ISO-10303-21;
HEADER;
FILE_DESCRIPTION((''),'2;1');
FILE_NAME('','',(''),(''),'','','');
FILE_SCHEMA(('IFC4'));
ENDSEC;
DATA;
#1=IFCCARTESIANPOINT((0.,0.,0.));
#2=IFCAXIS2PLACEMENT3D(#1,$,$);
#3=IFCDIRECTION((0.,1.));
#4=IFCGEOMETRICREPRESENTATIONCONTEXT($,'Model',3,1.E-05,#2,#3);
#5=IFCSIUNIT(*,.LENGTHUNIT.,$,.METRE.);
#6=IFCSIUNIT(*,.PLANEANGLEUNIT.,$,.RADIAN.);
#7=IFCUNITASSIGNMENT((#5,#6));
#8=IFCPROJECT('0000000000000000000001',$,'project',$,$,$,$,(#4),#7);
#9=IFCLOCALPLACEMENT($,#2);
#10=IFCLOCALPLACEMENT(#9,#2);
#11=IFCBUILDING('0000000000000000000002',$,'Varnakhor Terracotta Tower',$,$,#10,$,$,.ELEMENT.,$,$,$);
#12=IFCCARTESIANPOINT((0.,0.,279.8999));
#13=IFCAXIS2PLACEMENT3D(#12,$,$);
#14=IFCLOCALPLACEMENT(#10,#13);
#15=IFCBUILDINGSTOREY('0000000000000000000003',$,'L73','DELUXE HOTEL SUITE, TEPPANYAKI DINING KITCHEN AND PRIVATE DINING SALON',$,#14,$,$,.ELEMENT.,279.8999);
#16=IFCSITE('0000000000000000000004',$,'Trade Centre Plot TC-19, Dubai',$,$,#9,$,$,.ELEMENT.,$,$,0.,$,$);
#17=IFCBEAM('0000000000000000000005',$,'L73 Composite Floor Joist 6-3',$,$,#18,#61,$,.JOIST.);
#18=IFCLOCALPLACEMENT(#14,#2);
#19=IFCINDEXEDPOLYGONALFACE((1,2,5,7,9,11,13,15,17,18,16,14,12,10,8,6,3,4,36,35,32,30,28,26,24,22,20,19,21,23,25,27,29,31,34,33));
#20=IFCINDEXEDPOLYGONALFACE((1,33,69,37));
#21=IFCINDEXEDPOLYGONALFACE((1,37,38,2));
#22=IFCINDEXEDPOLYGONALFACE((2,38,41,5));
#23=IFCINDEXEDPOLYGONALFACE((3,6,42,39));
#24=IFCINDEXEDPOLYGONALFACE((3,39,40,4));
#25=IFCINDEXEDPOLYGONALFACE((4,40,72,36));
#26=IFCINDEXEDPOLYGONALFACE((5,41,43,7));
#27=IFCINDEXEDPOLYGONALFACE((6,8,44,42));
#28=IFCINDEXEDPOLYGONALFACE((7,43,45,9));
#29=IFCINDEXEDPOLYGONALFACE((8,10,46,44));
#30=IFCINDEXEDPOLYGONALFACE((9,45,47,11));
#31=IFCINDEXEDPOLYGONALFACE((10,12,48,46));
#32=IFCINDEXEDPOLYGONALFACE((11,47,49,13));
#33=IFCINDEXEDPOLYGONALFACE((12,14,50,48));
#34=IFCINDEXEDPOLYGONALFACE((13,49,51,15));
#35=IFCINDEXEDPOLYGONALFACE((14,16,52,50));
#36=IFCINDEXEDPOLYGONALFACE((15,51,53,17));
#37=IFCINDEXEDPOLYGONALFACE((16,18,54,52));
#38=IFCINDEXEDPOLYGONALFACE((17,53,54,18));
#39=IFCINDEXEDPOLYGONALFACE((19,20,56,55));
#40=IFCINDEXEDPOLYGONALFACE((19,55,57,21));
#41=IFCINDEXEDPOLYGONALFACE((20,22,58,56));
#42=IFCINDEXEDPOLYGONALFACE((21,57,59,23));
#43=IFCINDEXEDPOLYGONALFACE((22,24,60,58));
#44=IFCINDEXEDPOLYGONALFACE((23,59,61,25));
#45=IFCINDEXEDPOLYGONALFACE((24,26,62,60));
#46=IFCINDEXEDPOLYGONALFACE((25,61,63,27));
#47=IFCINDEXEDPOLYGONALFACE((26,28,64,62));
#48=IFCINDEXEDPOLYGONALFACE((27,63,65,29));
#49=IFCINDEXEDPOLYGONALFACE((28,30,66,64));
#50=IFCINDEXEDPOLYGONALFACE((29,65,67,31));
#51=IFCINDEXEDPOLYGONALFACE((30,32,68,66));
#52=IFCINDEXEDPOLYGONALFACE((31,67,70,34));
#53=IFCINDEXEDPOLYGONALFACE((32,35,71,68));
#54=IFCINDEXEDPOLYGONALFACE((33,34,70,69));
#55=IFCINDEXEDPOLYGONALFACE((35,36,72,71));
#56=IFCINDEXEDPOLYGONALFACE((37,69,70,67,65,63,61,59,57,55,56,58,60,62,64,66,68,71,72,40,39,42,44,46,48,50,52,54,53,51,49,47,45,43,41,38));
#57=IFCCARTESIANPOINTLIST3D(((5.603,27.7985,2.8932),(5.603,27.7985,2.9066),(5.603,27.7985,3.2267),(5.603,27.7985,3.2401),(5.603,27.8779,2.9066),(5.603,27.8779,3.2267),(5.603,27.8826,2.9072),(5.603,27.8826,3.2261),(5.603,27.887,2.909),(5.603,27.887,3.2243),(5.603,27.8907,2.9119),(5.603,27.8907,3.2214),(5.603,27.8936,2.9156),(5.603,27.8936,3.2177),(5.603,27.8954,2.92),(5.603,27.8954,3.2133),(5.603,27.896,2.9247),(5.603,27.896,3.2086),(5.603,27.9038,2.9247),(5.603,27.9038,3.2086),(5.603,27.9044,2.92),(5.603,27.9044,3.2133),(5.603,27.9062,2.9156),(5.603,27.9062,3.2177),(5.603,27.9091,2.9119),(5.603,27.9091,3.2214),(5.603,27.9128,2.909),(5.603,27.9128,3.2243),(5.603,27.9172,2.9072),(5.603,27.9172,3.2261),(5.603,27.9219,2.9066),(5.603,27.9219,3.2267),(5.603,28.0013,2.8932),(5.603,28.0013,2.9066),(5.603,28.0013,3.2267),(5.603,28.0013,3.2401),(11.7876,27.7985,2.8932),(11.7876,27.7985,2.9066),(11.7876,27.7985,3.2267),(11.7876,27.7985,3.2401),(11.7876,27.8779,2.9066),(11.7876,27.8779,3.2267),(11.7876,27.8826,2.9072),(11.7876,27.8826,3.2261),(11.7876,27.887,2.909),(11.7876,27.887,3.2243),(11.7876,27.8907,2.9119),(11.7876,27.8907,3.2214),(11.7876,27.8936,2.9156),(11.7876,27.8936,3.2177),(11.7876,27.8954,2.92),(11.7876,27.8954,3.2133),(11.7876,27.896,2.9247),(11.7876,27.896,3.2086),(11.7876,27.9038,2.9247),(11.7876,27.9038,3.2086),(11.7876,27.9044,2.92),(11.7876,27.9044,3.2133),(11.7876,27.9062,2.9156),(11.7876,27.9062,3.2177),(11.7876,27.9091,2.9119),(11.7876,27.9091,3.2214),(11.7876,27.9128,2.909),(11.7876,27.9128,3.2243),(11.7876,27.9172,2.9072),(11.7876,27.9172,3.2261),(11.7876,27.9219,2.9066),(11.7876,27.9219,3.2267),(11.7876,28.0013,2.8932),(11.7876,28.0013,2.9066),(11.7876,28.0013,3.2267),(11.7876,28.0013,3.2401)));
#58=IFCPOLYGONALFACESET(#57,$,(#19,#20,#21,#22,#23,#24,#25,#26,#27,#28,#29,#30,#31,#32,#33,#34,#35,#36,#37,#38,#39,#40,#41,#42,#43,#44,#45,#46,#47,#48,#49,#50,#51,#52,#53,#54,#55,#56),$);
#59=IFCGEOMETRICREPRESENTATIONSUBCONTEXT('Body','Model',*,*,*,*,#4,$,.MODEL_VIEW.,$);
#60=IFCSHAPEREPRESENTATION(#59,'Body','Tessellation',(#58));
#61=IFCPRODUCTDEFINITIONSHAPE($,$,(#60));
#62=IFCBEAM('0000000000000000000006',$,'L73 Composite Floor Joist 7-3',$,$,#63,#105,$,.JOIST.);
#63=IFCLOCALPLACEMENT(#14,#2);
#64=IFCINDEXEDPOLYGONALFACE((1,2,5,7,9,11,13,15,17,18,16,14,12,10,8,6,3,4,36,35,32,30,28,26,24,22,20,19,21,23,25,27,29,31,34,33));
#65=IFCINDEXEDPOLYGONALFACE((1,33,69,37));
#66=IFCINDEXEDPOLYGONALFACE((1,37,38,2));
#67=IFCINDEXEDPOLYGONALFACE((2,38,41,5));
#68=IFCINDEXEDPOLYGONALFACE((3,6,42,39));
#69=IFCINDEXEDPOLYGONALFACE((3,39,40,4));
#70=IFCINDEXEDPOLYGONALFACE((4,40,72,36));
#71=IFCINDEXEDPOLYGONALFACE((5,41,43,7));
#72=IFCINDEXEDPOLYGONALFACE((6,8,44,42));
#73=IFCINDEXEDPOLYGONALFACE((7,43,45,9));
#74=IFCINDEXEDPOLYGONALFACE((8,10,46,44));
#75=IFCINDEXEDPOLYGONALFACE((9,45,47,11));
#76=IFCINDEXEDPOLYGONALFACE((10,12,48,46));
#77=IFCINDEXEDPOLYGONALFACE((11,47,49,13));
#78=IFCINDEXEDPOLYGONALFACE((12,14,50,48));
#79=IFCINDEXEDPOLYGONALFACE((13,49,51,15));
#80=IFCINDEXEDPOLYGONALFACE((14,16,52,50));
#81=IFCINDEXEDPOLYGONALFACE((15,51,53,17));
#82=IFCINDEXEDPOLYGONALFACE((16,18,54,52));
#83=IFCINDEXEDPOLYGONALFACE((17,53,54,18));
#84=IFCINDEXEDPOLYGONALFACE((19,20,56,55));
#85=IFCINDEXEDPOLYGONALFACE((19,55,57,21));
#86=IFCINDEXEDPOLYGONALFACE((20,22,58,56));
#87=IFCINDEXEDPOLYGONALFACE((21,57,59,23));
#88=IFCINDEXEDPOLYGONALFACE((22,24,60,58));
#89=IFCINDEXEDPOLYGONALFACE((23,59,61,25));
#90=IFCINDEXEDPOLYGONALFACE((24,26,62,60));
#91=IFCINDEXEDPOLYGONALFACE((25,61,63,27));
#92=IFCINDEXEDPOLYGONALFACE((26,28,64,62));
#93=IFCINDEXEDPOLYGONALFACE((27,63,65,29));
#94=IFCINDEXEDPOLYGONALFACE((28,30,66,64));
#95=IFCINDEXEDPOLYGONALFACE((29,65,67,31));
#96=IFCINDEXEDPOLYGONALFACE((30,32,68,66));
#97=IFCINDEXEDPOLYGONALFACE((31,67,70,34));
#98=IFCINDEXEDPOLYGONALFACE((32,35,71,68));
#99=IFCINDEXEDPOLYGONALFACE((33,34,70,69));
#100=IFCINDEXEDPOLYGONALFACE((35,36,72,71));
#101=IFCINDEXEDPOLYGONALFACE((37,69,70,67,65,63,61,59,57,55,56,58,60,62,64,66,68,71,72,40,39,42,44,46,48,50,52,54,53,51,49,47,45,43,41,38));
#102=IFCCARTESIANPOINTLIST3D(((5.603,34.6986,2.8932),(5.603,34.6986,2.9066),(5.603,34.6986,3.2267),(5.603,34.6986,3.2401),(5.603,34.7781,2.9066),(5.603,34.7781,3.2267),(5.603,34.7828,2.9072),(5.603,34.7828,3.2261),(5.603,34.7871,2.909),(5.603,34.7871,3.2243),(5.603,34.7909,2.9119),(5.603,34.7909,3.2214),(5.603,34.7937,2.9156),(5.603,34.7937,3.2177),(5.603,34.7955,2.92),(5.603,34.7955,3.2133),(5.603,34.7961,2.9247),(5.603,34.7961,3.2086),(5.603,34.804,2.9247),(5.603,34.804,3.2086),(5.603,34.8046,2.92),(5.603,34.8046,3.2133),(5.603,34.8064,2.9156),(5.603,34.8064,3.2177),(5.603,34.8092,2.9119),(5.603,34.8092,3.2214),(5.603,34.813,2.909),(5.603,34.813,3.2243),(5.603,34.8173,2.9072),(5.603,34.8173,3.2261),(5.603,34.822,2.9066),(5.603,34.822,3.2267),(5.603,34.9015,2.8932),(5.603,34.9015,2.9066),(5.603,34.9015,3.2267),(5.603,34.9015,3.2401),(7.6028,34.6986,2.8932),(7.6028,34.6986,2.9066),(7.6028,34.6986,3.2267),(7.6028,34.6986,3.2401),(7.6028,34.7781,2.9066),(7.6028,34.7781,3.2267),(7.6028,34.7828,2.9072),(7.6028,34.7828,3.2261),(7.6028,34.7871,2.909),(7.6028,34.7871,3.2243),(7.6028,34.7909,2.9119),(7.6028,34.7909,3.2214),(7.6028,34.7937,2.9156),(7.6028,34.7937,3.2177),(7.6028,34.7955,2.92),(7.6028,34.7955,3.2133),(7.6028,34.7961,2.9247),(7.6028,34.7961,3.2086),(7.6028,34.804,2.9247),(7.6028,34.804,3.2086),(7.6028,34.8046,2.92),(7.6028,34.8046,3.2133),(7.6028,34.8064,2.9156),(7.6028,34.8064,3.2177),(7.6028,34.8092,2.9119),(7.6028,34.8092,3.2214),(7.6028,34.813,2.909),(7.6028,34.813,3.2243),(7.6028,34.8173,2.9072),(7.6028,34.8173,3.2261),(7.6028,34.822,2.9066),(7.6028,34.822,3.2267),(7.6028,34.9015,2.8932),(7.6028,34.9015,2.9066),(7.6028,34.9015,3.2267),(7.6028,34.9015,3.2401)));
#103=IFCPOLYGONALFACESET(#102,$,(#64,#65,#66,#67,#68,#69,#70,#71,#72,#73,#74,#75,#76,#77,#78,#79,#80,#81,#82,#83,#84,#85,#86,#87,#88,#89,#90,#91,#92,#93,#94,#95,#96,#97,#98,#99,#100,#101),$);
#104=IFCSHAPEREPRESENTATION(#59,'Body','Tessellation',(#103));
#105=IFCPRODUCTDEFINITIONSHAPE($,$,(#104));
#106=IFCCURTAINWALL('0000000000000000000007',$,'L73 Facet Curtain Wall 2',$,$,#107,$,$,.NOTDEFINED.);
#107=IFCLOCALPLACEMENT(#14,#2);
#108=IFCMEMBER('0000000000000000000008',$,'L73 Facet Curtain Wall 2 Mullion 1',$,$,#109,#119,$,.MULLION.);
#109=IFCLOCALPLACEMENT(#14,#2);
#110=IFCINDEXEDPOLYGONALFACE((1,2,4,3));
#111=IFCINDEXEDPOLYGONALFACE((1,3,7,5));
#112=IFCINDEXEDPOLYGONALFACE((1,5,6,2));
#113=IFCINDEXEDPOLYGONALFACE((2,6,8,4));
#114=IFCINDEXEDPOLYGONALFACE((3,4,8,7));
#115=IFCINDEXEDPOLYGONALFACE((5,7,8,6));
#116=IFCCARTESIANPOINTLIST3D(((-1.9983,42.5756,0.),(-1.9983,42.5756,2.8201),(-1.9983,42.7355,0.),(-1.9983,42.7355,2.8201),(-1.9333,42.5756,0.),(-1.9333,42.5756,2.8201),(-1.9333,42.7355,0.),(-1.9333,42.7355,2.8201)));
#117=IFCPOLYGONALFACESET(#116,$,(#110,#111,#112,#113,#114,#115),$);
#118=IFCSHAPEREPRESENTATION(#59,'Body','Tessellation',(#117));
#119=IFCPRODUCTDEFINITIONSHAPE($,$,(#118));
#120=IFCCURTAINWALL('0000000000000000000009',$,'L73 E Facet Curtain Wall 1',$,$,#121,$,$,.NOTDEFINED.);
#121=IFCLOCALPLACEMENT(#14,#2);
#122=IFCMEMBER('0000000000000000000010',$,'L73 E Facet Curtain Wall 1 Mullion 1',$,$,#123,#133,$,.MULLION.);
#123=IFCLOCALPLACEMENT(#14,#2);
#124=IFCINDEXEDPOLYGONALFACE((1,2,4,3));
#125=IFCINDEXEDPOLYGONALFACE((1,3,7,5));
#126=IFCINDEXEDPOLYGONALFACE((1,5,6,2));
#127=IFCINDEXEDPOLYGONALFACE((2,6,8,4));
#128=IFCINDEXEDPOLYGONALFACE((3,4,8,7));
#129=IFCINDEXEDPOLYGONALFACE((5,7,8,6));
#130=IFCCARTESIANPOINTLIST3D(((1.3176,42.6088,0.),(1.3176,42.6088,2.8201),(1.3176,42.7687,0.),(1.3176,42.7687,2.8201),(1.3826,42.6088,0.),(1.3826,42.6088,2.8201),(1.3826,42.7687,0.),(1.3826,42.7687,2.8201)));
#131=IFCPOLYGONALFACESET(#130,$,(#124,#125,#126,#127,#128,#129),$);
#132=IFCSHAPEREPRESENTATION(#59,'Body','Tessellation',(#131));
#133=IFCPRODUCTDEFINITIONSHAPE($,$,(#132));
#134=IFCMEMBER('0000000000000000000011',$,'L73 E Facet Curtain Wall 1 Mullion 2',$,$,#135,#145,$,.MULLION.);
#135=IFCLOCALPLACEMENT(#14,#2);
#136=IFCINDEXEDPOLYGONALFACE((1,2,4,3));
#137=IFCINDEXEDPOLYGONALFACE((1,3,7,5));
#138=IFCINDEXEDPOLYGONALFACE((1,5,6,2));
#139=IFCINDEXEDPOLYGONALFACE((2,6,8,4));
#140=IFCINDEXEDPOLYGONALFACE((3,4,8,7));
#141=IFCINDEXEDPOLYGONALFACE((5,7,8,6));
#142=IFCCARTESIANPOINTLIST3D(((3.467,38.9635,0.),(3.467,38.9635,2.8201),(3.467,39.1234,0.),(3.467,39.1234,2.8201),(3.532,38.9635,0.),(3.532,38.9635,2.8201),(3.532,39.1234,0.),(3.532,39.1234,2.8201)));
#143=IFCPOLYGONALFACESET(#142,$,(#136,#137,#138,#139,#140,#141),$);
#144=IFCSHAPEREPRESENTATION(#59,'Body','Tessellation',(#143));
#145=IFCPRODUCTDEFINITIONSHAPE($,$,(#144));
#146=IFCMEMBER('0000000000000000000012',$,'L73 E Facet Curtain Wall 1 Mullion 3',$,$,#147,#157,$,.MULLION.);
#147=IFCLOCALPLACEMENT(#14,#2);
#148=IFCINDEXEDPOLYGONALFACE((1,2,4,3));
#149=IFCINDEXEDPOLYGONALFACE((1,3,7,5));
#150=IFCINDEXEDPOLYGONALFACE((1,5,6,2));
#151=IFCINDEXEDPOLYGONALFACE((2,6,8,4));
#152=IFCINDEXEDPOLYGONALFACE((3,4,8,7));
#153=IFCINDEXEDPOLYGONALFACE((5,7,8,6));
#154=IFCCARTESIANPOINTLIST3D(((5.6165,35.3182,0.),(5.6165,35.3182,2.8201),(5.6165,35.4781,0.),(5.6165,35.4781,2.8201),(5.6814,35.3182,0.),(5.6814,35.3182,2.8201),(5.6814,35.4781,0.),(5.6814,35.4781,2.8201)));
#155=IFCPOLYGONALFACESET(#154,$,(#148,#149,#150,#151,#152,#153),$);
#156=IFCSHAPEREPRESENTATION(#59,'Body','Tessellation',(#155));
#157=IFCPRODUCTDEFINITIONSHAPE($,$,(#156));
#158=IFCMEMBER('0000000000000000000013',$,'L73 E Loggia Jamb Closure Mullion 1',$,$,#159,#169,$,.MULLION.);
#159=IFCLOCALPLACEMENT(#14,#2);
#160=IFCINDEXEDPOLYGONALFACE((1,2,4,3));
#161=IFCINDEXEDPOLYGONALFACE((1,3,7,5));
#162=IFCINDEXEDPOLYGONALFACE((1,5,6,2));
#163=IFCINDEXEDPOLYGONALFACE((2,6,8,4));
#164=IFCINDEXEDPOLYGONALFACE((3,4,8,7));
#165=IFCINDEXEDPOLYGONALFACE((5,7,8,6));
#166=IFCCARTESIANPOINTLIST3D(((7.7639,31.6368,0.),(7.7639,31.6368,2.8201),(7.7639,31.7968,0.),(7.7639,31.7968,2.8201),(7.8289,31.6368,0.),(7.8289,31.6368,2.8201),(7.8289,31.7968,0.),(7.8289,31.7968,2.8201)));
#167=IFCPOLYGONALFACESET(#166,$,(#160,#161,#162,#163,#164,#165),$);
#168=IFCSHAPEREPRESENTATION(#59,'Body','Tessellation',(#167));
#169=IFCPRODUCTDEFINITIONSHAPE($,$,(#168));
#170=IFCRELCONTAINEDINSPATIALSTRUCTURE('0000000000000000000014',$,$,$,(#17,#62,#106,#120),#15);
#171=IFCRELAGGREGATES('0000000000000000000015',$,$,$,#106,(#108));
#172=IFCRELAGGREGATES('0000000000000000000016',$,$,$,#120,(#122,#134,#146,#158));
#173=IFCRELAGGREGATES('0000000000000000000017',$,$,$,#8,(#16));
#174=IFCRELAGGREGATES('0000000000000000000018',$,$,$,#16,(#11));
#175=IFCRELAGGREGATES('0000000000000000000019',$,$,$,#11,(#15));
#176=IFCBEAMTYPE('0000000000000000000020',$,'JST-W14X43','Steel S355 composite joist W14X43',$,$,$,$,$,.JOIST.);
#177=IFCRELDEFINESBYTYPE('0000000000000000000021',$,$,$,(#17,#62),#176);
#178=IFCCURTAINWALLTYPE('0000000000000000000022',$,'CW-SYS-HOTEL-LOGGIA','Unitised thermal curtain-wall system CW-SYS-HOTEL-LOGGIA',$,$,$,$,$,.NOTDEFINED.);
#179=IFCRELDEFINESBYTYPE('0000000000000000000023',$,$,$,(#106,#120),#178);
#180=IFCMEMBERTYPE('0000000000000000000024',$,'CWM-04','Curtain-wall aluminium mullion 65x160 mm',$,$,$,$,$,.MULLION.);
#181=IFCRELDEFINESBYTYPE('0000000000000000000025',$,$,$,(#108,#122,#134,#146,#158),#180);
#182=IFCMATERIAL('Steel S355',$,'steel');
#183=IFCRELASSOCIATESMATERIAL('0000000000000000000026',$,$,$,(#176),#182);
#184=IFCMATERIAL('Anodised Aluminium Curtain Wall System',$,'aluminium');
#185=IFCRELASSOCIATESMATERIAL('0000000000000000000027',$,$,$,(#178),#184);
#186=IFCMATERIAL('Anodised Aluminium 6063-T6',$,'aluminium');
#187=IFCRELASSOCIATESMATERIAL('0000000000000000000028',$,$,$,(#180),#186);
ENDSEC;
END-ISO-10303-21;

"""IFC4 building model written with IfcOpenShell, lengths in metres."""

from ifc_helpers import new_model, si_unit, direction, frame, origin, origin_2d, place, context, subcontext, project, spatial, rectangle, i_section, extrude, source, transform, mapped, material, material_profile, profile_set, type_object, type_shapes, element, aggregate, save


model = new_model("IFC4")

# Units and contexts
model_context = context("Model", 3, precision=1e-05, world=origin(), true_north=direction((0.0, 1.0)))
body_context = subcontext(model_context, "Body", "Model", "MODEL_VIEW")
ifc_project = project(units=[si_unit("LENGTHUNIT", "METRE"), si_unit("PLANEANGLEUNIT", "RADIAN")], contexts=[model_context])

# Site, building, storey
site_placement = place(None, origin())
site = spatial("IfcSite", under=ifc_project, at=site_placement, Name="Trade Centre Plot TC-19, Dubai", CompositionType="ELEMENT", RefElevation=0.0)
building_placement = place(site_placement, origin())
building = spatial("IfcBuilding", under=site, at=building_placement, Name="Varnakhor Terracotta Tower", CompositionType="ELEMENT")
storey_placement = place(building_placement, frame((0.0, 0.0, 279.8999)))
storey = spatial("IfcBuildingStorey", under=building, at=storey_placement, Name="L73", Description="DELUXE HOTEL SUITE, TEPPANYAKI DINING KITCHEN AND PRIVATE DINING SALON", CompositionType="ELEMENT", Elevation=279.8999)

# Shared definitions
ifc_material_1 = material(Name="Steel S355", Category="steel")

# Beams
ifc_material_profile_1 = material_profile(ifc_material_1, i_section(OverallWidth=0.2029, OverallDepth=0.3469, WebThickness=0.0078, FlangeThickness=0.0134, FilletRadius=0.0181, at=origin_2d()), Name="W14X43")
ifc_profile_set_1 = profile_set([ifc_material_profile_1], Name="Steel S355")
beam_type_1 = type_object("IfcBeamType", Name="JST-W14X43", Description="Steel S355 composite joist W14X43", PredefinedType="JOIST", material=ifc_profile_set_1)
shared_shape_1 = source(origin(), body_context, "Body", "SweptSolid", [
    extrude(i_section(OverallWidth=0.2029, OverallDepth=0.3469, WebThickness=0.0078, FlangeThickness=0.0134, FilletRadius=0.0181, at=origin_2d()), origin(), (0.0, 0.0, 1.0), 6.1846),
])
beam_1_placement = place(storey_placement, frame((5.603, 27.8999, 3.0667), z_axis=(1.0, 0.0, 0.0), x_axis=(0.0, 1.0, 0.0)))
element("IfcBeam", 1, at=beam_1_placement, inside=storey, type_object=beam_type_1, Name="L73 Composite Floor Joist 6-3", PredefinedType="JOIST", context=body_context, shape_type="MappedRepresentation", body=[
    mapped(shared_shape_1, transform((0.0, 0.0, 0.0), scale=1.0)),
])
shared_shape_2 = source(origin(), body_context, "Body", "SweptSolid", [
    extrude(i_section(OverallWidth=0.2029, OverallDepth=0.3469, WebThickness=0.0078, FlangeThickness=0.0134, FilletRadius=0.0181, at=origin_2d()), origin(), (0.0, 0.0, 1.0), 1.9998),
])
beam_2_placement = place(storey_placement, frame((5.603, 34.8, 3.0667), z_axis=(1.0, 0.0, 0.0), x_axis=(0.0, 1.0, 0.0)))
element("IfcBeam", 2, at=beam_2_placement, inside=storey, type_object=beam_type_1, Name="L73 Composite Floor Joist 7-3", PredefinedType="JOIST", context=body_context, shape_type="MappedRepresentation", body=[
    mapped(shared_shape_2, transform((0.0, 0.0, 0.0), scale=1.0)),
])

# Curtain wall, member
ifc_material_2 = material(Name="Anodised Aluminium Curtain Wall System", Category="aluminium")
curtain_wall_type = type_object("IfcCurtainWallType", Name="CW-SYS-HOTEL-LOGGIA", Description="Unitised thermal curtain-wall system CW-SYS-HOTEL-LOGGIA", PredefinedType="NOTDEFINED", material=ifc_material_2)
curtain_wall_1_placement = place(storey_placement, origin())
curtain_wall_1 = element("IfcCurtainWall", 3, at=curtain_wall_1_placement, inside=storey, type_object=curtain_wall_type, Name="L73 Facet Curtain Wall 2", PredefinedType="NOTDEFINED")
ifc_material_3 = material(Name="Anodised Aluminium 6063-T6", Category="aluminium")
ifc_material_profile_2 = material_profile(ifc_material_3, rectangle(XDim=0.0649, YDim=0.1599, at=origin_2d()), Name="ALU MULLION 65x160")
ifc_profile_set_2 = profile_set([ifc_material_profile_2], Name="Anodised Aluminium 6063-T6")
member_type_1 = type_object("IfcMemberType", Name="CWM-04", Description="Curtain-wall aluminium mullion 65x160 mm", PredefinedType="MULLION", material=ifc_profile_set_2)
shared_shape_3 = source(origin(), body_context, "Body", "SweptSolid", [
    extrude(rectangle(XDim=0.0649, YDim=0.1599, at=origin_2d()), origin(), (0.0, 0.0, 1.0), 2.8201),
])
type_shapes(member_type_1, [shared_shape_3])
member_1_placement = place(storey_placement, frame((-1.9658, 42.6555, 0.0), z_axis=(0.0, 0.0, 1.0), x_axis=(1.0, 0.0, 0.0)))
member_1 = element("IfcMember", 4, at=member_1_placement, type_object=member_type_1, Name="L73 Facet Curtain Wall 2 Mullion 1", PredefinedType="MULLION", context=body_context, shape_type="MappedRepresentation", body=[
    mapped(shared_shape_3, transform((0.0, 0.0, 0.0), scale=1.0)),
])

# Curtain wall, members
curtain_wall_2_placement = place(storey_placement, origin())
curtain_wall_2 = element("IfcCurtainWall", 5, at=curtain_wall_2_placement, inside=storey, type_object=curtain_wall_type, Name="L73 E Facet Curtain Wall 1", PredefinedType="NOTDEFINED")
member_2_placement = place(storey_placement, frame((1.3501, 42.6887, 0.0), z_axis=(0.0, 0.0, 1.0), x_axis=(1.0, 0.0, 0.0)))
member_2 = element("IfcMember", 6, at=member_2_placement, type_object=member_type_1, Name="L73 E Facet Curtain Wall 1 Mullion 1", PredefinedType="MULLION", context=body_context, shape_type="MappedRepresentation", body=[
    mapped(shared_shape_3, transform((0.0, 0.0, 0.0), scale=1.0)),
])
member_3_placement = place(storey_placement, frame((3.4995, 39.0435, 0.0), z_axis=(0.0, 0.0, 1.0), x_axis=(1.0, 0.0, 0.0)))
member_3 = element("IfcMember", 7, at=member_3_placement, type_object=member_type_1, Name="L73 E Facet Curtain Wall 1 Mullion 2", PredefinedType="MULLION", context=body_context, shape_type="MappedRepresentation", body=[
    mapped(shared_shape_3, transform((0.0, 0.0, 0.0), scale=1.0)),
])
member_4_placement = place(storey_placement, frame((5.6489, 35.3982, 0.0), z_axis=(0.0, 0.0, 1.0), x_axis=(1.0, 0.0, 0.0)))
member_4 = element("IfcMember", 8, at=member_4_placement, type_object=member_type_1, Name="L73 E Facet Curtain Wall 1 Mullion 3", PredefinedType="MULLION", context=body_context, shape_type="MappedRepresentation", body=[
    mapped(shared_shape_3, transform((0.0, 0.0, 0.0), scale=1.0)),
])
member_5_placement = place(storey_placement, frame((7.7964, 31.7168, 0.0), z_axis=(0.0, 0.0, 1.0), x_axis=(1.0, 0.0, 0.0)))
member_5 = element("IfcMember", 9, at=member_5_placement, type_object=member_type_1, Name="L73 E Loggia Jamb Closure Mullion 1", PredefinedType="MULLION", context=body_context, shape_type="MappedRepresentation", body=[
    mapped(shared_shape_3, transform((0.0, 0.0, 0.0), scale=1.0)),
])

aggregate(curtain_wall_1, [member_1])
aggregate(curtain_wall_2, [member_2, member_3, member_4, member_5])

save(model, "model.ifc")
